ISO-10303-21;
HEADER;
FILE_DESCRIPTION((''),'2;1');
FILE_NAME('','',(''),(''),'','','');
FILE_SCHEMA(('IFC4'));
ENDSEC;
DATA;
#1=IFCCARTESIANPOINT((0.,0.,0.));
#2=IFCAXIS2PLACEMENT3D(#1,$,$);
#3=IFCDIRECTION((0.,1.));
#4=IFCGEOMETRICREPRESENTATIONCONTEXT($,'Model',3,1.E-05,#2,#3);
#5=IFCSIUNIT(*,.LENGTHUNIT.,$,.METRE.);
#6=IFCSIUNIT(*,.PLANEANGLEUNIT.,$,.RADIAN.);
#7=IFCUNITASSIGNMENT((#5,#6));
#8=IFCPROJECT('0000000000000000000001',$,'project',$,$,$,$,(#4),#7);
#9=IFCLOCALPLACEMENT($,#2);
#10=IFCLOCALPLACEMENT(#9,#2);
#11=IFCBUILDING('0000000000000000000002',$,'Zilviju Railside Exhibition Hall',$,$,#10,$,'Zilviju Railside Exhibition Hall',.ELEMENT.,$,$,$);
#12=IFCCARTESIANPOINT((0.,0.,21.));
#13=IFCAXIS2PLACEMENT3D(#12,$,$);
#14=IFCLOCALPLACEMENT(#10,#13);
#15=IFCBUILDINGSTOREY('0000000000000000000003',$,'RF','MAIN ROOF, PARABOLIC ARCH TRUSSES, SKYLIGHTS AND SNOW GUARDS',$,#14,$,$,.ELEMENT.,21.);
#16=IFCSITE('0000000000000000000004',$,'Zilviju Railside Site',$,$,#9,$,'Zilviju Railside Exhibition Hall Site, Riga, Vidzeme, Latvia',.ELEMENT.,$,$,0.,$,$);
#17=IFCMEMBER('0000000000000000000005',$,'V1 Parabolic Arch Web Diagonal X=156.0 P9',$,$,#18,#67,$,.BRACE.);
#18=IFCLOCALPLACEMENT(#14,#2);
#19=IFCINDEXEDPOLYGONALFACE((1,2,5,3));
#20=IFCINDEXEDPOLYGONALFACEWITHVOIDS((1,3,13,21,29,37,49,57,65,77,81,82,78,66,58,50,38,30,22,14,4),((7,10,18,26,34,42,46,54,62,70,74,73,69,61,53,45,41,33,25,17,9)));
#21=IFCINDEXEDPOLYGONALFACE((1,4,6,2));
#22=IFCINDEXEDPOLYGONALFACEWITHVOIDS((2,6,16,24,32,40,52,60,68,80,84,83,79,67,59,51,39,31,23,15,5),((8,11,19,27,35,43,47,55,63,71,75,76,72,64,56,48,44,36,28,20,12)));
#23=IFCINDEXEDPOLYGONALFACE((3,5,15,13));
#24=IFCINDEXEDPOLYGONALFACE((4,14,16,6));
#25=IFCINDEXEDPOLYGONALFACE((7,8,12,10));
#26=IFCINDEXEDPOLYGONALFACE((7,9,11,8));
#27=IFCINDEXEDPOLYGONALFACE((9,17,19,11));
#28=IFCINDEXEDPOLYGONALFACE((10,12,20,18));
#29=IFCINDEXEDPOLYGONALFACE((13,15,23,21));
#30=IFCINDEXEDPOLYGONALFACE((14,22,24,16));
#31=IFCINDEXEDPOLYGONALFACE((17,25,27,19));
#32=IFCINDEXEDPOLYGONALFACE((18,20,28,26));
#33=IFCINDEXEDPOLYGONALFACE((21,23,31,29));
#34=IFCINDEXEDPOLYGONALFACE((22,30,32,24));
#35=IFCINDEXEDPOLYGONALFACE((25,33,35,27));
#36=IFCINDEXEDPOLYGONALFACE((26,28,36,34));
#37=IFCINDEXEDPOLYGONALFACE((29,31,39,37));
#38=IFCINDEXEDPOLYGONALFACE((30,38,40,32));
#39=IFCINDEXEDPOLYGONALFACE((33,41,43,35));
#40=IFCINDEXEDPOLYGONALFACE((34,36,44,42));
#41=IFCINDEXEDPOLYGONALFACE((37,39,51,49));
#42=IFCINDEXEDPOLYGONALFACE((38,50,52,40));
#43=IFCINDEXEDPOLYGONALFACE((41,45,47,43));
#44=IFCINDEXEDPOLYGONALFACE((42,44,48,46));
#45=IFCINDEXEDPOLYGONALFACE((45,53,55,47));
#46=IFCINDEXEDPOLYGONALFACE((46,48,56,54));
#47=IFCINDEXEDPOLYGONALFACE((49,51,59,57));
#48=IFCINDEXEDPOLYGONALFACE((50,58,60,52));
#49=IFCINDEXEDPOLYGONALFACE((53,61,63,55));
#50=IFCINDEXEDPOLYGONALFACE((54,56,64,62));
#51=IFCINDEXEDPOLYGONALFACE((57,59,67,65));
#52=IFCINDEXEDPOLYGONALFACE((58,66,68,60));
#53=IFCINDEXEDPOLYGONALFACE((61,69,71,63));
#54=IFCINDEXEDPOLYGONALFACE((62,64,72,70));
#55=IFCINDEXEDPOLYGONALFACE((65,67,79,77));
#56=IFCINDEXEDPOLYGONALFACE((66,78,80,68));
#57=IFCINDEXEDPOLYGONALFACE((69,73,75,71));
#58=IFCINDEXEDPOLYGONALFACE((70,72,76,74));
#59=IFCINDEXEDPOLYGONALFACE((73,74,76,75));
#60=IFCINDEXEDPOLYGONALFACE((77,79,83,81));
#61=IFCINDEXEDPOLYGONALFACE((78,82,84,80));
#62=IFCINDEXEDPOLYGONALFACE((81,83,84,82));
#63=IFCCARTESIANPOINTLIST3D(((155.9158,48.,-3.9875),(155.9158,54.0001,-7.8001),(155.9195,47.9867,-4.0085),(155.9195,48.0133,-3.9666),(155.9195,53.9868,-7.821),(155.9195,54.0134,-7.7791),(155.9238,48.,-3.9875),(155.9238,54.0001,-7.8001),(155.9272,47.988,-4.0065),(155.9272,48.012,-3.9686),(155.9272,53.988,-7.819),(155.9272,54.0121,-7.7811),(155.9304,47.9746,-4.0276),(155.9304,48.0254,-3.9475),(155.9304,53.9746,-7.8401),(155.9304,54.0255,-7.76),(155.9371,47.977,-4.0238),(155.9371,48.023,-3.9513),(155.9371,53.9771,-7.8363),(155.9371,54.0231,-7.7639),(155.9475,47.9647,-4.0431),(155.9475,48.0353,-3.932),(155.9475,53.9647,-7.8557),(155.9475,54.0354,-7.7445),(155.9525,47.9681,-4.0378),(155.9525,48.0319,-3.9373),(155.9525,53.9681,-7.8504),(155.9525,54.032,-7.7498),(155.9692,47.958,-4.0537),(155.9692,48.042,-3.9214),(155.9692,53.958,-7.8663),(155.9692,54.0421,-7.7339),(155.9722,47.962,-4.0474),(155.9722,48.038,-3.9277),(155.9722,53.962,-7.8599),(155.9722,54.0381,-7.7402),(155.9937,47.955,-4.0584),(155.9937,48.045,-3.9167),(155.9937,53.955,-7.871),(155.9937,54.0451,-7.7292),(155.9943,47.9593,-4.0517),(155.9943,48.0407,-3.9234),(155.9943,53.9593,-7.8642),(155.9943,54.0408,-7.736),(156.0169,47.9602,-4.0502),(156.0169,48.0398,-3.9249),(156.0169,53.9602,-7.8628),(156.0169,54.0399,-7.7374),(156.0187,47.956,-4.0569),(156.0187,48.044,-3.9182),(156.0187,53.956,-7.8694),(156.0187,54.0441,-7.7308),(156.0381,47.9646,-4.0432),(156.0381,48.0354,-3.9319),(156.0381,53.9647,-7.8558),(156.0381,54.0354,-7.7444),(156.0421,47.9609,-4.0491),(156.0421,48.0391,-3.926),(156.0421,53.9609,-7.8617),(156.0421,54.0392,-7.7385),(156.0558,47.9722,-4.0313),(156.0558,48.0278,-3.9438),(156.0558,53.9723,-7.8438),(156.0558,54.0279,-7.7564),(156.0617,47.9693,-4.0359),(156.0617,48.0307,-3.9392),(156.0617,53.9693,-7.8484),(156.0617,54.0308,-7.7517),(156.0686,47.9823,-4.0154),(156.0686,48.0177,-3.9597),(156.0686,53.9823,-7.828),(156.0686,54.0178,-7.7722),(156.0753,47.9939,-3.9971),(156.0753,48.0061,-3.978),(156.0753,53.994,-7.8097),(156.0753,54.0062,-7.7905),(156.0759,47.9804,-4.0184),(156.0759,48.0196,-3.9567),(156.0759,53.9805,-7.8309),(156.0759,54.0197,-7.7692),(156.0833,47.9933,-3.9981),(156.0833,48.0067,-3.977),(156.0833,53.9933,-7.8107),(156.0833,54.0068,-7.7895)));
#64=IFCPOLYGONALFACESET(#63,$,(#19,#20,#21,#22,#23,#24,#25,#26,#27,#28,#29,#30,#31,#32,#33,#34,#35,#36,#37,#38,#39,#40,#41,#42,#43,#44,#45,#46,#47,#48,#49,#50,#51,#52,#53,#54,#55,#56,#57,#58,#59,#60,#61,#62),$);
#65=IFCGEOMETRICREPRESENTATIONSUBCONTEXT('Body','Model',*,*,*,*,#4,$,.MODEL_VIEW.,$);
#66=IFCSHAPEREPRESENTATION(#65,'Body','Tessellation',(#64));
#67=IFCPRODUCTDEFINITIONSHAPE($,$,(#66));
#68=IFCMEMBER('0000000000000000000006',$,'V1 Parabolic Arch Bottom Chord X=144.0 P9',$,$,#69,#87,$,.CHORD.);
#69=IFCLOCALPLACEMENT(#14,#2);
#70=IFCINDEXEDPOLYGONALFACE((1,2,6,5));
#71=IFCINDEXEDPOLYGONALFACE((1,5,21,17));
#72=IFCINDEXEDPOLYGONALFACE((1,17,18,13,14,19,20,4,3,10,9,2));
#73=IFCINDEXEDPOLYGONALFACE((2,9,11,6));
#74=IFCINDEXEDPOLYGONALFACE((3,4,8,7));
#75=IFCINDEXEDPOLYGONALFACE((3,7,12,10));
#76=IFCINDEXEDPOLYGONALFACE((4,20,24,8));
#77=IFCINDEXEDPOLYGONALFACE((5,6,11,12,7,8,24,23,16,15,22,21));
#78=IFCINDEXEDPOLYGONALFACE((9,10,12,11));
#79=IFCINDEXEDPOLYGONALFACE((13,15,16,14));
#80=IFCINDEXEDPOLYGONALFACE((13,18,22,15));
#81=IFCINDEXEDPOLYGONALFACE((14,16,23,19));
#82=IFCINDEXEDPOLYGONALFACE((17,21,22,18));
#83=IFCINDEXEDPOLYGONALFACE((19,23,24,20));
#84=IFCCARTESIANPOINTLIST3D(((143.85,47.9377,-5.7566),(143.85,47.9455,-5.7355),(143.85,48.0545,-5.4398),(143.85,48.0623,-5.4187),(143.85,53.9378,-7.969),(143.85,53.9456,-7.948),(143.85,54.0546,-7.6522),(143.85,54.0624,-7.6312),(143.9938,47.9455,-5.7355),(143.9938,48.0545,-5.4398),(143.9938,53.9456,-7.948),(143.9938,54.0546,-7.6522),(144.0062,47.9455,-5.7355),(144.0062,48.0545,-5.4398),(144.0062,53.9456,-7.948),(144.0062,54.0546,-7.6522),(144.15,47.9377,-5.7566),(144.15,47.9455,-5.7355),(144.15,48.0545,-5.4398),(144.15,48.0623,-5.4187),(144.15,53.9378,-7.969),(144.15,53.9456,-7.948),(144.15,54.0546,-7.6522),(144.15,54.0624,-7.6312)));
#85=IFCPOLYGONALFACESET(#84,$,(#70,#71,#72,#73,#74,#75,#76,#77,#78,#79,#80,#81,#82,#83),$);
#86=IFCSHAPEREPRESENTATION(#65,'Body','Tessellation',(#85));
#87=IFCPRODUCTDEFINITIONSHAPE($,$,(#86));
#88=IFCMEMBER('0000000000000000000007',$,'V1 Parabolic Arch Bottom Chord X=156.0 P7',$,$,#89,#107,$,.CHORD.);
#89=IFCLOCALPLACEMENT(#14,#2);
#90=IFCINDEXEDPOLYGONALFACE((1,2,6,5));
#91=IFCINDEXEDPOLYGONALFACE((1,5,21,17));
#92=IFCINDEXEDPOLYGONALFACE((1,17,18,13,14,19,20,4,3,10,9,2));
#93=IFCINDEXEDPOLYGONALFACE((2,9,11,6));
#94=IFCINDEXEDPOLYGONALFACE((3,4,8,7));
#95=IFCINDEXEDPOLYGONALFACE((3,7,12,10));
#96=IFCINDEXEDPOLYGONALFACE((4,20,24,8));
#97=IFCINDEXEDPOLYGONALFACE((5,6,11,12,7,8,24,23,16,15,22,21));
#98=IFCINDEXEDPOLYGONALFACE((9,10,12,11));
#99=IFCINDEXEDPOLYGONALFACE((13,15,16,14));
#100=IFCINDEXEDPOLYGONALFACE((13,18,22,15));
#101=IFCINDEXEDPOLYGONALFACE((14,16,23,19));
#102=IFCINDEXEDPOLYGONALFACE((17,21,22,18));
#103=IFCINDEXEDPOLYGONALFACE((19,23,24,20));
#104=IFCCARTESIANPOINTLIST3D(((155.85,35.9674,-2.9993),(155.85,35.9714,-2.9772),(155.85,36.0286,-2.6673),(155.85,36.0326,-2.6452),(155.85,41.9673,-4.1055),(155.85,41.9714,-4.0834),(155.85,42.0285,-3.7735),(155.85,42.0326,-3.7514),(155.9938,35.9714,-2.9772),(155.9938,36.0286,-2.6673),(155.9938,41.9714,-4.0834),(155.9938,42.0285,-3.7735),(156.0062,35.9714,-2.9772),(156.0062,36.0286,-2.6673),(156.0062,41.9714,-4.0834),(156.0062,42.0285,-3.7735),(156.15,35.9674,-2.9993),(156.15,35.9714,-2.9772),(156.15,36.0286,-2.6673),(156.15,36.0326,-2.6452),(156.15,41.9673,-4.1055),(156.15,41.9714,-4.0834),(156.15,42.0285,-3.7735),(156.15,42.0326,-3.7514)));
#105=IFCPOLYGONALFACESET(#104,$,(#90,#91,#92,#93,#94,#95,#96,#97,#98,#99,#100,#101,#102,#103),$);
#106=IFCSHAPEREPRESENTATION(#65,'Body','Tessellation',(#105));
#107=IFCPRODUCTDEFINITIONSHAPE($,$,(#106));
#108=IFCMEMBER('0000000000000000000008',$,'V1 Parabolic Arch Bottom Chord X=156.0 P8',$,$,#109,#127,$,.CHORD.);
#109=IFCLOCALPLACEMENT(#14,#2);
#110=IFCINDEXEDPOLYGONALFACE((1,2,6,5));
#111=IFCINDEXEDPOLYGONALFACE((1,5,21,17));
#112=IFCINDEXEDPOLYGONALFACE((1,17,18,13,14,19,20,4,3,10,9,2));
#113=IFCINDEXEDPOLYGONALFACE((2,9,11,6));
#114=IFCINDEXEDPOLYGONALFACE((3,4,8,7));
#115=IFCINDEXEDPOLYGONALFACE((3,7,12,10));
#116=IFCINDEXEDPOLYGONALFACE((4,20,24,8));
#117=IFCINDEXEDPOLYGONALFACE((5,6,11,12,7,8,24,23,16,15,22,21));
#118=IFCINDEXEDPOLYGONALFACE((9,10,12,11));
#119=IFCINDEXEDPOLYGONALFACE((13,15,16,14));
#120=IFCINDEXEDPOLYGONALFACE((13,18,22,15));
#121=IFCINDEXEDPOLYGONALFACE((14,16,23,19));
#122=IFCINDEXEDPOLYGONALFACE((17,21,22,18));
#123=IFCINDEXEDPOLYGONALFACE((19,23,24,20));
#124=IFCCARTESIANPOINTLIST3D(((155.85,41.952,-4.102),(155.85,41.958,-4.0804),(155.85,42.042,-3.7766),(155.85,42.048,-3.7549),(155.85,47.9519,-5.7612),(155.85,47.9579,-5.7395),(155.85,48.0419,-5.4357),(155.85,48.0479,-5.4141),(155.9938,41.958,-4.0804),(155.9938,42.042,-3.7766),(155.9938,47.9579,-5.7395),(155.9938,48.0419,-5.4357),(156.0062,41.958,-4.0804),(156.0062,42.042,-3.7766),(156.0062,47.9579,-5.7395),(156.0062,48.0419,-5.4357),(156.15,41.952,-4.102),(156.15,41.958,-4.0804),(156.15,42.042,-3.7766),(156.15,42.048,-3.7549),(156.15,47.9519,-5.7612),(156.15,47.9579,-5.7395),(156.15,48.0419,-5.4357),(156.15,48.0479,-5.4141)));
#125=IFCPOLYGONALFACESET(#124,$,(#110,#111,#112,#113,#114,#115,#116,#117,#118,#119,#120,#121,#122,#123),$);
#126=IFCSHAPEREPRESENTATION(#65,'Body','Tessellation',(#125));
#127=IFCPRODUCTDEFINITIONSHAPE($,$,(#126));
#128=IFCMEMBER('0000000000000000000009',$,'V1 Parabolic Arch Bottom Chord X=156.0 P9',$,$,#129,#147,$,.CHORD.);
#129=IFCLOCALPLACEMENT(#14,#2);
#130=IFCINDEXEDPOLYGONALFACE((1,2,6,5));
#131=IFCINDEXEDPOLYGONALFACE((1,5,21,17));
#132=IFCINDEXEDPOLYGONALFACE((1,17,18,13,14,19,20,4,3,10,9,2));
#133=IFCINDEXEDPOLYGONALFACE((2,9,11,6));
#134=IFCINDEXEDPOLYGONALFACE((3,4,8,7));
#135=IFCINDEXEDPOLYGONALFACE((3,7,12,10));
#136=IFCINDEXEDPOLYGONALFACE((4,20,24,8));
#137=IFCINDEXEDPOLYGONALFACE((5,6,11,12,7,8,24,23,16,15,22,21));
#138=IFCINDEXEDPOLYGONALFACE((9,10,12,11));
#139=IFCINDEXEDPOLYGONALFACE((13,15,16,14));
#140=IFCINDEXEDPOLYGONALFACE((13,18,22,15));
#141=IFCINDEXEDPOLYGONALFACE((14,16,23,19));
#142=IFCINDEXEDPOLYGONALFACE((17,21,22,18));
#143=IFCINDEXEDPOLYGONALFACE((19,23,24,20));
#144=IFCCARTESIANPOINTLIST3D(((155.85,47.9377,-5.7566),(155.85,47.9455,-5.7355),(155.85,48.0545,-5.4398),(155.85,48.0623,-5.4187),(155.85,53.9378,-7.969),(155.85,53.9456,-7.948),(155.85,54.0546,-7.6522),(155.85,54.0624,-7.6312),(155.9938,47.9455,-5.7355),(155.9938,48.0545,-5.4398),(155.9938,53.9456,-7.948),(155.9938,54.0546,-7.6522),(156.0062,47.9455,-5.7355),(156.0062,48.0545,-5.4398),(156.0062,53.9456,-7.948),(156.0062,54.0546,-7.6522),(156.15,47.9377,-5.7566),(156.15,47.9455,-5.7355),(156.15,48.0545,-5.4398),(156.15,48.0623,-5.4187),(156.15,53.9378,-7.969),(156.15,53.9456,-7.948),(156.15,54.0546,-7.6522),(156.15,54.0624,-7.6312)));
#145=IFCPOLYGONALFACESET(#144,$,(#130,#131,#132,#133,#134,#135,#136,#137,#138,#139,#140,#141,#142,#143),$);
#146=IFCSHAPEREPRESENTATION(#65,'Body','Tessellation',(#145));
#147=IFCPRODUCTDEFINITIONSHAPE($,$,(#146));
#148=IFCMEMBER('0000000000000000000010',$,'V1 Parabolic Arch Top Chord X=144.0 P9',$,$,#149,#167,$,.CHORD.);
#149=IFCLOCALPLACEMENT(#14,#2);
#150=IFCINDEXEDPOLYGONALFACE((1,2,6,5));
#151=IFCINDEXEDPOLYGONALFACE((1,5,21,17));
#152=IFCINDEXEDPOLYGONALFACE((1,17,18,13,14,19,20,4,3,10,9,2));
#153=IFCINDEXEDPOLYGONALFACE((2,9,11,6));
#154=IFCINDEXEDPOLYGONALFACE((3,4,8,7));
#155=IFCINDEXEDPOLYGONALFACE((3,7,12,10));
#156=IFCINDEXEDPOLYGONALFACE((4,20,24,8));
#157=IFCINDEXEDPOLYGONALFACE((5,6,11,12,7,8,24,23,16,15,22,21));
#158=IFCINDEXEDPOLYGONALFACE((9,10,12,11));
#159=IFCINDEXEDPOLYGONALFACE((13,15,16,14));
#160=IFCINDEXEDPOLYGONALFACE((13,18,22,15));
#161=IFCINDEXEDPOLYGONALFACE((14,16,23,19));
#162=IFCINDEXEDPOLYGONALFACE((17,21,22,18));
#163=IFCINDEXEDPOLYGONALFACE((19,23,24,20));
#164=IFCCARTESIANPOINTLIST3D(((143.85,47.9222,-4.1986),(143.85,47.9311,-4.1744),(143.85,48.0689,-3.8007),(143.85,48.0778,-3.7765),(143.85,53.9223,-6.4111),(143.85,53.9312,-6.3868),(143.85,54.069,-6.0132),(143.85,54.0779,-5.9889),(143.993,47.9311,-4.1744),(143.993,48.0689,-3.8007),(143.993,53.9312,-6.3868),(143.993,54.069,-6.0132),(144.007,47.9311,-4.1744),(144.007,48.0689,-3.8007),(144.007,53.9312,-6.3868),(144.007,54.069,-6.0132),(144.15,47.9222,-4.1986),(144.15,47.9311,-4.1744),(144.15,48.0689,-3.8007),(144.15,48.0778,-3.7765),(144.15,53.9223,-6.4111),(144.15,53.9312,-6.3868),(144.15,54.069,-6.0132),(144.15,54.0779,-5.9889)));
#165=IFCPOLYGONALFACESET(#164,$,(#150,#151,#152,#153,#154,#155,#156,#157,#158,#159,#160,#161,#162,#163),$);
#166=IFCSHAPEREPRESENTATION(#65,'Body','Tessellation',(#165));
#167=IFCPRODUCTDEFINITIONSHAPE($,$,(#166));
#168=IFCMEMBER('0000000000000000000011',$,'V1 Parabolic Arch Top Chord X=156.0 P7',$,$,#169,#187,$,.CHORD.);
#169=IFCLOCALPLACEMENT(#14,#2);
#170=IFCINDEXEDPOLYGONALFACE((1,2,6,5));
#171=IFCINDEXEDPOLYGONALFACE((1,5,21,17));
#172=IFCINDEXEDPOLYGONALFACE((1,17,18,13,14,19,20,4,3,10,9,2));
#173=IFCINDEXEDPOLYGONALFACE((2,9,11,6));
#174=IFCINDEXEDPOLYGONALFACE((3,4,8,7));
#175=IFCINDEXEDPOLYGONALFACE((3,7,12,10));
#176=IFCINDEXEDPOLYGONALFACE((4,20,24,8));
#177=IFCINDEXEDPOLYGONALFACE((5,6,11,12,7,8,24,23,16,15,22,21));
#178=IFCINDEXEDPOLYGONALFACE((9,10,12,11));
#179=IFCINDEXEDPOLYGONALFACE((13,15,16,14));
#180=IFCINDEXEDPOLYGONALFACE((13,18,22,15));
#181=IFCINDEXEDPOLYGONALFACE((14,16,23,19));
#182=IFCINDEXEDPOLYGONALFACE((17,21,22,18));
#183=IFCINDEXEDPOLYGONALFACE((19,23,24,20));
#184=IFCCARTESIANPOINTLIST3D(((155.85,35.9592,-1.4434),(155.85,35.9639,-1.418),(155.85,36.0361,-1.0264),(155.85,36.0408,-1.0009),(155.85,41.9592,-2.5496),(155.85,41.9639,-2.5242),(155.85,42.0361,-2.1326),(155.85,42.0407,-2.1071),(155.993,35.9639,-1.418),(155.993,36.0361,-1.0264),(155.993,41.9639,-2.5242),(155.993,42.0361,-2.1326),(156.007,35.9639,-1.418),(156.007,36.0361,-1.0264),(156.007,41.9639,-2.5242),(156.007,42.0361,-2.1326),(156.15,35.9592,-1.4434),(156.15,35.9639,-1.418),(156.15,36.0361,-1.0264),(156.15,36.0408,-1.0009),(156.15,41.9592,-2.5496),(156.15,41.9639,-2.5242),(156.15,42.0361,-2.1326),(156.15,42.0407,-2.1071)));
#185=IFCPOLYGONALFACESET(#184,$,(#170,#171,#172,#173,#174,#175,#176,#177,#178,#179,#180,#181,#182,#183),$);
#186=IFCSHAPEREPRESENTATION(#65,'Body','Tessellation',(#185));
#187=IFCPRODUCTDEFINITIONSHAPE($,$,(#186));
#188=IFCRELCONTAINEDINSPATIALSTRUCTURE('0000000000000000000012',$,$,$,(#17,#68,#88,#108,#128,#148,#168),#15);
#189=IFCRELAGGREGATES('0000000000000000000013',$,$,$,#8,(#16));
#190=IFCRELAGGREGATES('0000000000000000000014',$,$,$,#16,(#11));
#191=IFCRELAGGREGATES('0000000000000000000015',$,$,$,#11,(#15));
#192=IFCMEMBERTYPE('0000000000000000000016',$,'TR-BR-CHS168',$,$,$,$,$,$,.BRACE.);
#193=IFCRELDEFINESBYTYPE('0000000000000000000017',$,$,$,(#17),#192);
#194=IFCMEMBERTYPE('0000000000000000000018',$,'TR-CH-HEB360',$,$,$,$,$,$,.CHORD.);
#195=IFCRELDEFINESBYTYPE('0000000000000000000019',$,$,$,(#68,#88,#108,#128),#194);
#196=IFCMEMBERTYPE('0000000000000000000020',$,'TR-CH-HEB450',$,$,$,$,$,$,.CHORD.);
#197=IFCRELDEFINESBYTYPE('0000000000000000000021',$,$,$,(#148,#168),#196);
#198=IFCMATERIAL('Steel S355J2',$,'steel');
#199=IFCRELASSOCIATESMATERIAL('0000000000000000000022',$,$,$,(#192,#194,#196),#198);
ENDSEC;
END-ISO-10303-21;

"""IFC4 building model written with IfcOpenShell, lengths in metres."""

from ifc_helpers import new_model, si_unit, direction, frame, origin, origin_2d, place, context, subcontext, project, spatial, hollow_circle, i_section, extrude, material, material_profile, profile_set, type_object, element, save


model = new_model("IFC4")

# Units and contexts
model_context = context("Model", 3, precision=1e-05, world=origin(), true_north=direction((0.0, 1.0)))
body_context = subcontext(model_context, "Body", "Model", "MODEL_VIEW")
ifc_project = project(units=[si_unit("LENGTHUNIT", "METRE"), si_unit("PLANEANGLEUNIT", "RADIAN")], contexts=[model_context])

# Site, building, storey
site_placement = place(None, origin())
site = spatial("IfcSite", under=ifc_project, at=site_placement, Name="Zilviju Railside Site", LongName="Zilviju Railside Exhibition Hall Site, Riga, Vidzeme, Latvia", CompositionType="ELEMENT", RefElevation=0.0)
building_placement = place(site_placement, origin())
building = spatial("IfcBuilding", under=site, at=building_placement, Name="Zilviju Railside Exhibition Hall", LongName="Zilviju Railside Exhibition Hall", CompositionType="ELEMENT")
storey_placement = place(building_placement, frame((0.0, 0.0, 21.0)))
storey = spatial("IfcBuildingStorey", under=building, at=storey_placement, Name="RF", Description="MAIN ROOF, PARABOLIC ARCH TRUSSES, SKYLIGHTS AND SNOW GUARDS", CompositionType="ELEMENT", Elevation=21.0)

# Members
ifc_material_1 = material(Name="Steel S355J2", Category="steel")
ifc_material_profile_1 = material_profile(ifc_material_1, hollow_circle(Radius=0.0842, WallThickness=0.0081, at=origin_2d()), Name="CHS 168.3x8.0")
ifc_profile_set_1 = profile_set([ifc_material_profile_1], Name="Steel S355J2")
member_type_1 = type_object("IfcMemberType", Name="TR-BR-CHS168", PredefinedType="BRACE", material=ifc_profile_set_1)
member_1_placement = place(storey_placement, frame((156.0, 48.0, -3.9875), z_axis=(0.0, 0.844023, -0.536306), x_axis=(-1.0, 0.0, 0.0)))
element("IfcMember", 1, at=member_1_placement, inside=storey, type_object=member_type_1, Name="V1 Parabolic Arch Web Diagonal X=156.0 P9", PredefinedType="BRACE", context=body_context, shape_type="SweptSolid", body=[
    extrude(hollow_circle(Radius=0.0842, WallThickness=0.0081, at=origin_2d()), origin(), (0.0, 0.0, 1.0), 7.1089),
])
ifc_material_profile_2 = material_profile(ifc_material_1, i_section(OverallWidth=0.3, OverallDepth=0.3601, WebThickness=0.0125, FlangeThickness=0.0225, at=origin_2d()), Name="HEB 360")
ifc_profile_set_2 = profile_set([ifc_material_profile_2], Name="Steel S355J2")
member_type_2 = type_object("IfcMemberType", Name="TR-CH-HEB360", PredefinedType="CHORD", material=ifc_profile_set_2)
member_2_placement = place(storey_placement, frame((144.0, 48.0, -5.5876), z_axis=(0.0, 0.938248, -0.345964), x_axis=(-1.0, 0.0, 0.0)))
element("IfcMember", 2, at=member_2_placement, inside=storey, type_object=member_type_2, Name="V1 Parabolic Arch Bottom Chord X=144.0 P9", PredefinedType="CHORD", context=body_context, shape_type="SweptSolid", body=[
    extrude(i_section(OverallWidth=0.3, OverallDepth=0.3601, WebThickness=0.0125, FlangeThickness=0.0225, at=origin_2d()), origin(), (0.0, 0.0, 1.0), 6.395),
])
member_3_placement = place(storey_placement, frame((156.0, 36.0, -2.8223), z_axis=(0.0, 0.983426, -0.181311), x_axis=(-1.0, 0.0, 0.0)))
element("IfcMember", 3, at=member_3_placement, inside=storey, type_object=member_type_2, Name="V1 Parabolic Arch Bottom Chord X=156.0 P7", PredefinedType="CHORD", context=body_context, shape_type="SweptSolid", body=[
    extrude(i_section(OverallWidth=0.3, OverallDepth=0.3601, WebThickness=0.0125, FlangeThickness=0.0225, at=origin_2d()), origin(), (0.0, 0.0, 1.0), 6.1011),
])
member_4_placement = place(storey_placement, frame((156.0, 42.0, -3.9285), z_axis=(0.0, 0.963827, -0.266527), x_axis=(-1.0, 0.0, 0.0)))
element("IfcMember", 4, at=member_4_placement, inside=storey, type_object=member_type_2, Name="V1 Parabolic Arch Bottom Chord X=156.0 P8", PredefinedType="CHORD", context=body_context, shape_type="SweptSolid", body=[
    extrude(i_section(OverallWidth=0.3, OverallDepth=0.3601, WebThickness=0.0125, FlangeThickness=0.0225, at=origin_2d()), origin(), (0.0, 0.0, 1.0), 6.2251),
])
member_5_placement = place(storey_placement, frame((156.0, 48.0, -5.5876), z_axis=(0.0, 0.938248, -0.345964), x_axis=(-1.0, 0.0, 0.0)))
element("IfcMember", 5, at=member_5_placement, inside=storey, type_object=member_type_2, Name="V1 Parabolic Arch Bottom Chord X=156.0 P9", PredefinedType="CHORD", context=body_context, shape_type="SweptSolid", body=[
    extrude(i_section(OverallWidth=0.3, OverallDepth=0.3601, WebThickness=0.0125, FlangeThickness=0.0225, at=origin_2d()), origin(), (0.0, 0.0, 1.0), 6.395),
])
ifc_material_profile_3 = material_profile(ifc_material_1, i_section(OverallWidth=0.3, OverallDepth=0.45, WebThickness=0.0139, FlangeThickness=0.0259, at=origin_2d()), Name="HEB 450")
ifc_profile_set_3 = profile_set([ifc_material_profile_3], Name="Steel S355J2")
member_type_3 = type_object("IfcMemberType", Name="TR-CH-HEB450", PredefinedType="CHORD", material=ifc_profile_set_3)
member_6_placement = place(storey_placement, frame((144.0, 48.0, -3.9875), z_axis=(0.0, 0.938248, -0.345964), x_axis=(-1.0, 0.0, 0.0)))
element("IfcMember", 6, at=member_6_placement, inside=storey, type_object=member_type_3, Name="V1 Parabolic Arch Top Chord X=144.0 P9", PredefinedType="CHORD", context=body_context, shape_type="SweptSolid", body=[
    extrude(i_section(OverallWidth=0.3, OverallDepth=0.45, WebThickness=0.0139, FlangeThickness=0.0259, at=origin_2d()), origin(), (0.0, 0.0, 1.0), 6.395),
])
member_7_placement = place(storey_placement, frame((156.0, 36.0, -1.2222), z_axis=(0.0, 0.983426, -0.181311), x_axis=(-1.0, 0.0, 0.0)))
element("IfcMember", 7, at=member_7_placement, inside=storey, type_object=member_type_3, Name="V1 Parabolic Arch Top Chord X=156.0 P7", PredefinedType="CHORD", context=body_context, shape_type="SweptSolid", body=[
    extrude(i_section(OverallWidth=0.3, OverallDepth=0.45, WebThickness=0.0139, FlangeThickness=0.0259, at=origin_2d()), origin(), (0.0, 0.0, 1.0), 6.1011),
])

save(model, "model.ifc")
